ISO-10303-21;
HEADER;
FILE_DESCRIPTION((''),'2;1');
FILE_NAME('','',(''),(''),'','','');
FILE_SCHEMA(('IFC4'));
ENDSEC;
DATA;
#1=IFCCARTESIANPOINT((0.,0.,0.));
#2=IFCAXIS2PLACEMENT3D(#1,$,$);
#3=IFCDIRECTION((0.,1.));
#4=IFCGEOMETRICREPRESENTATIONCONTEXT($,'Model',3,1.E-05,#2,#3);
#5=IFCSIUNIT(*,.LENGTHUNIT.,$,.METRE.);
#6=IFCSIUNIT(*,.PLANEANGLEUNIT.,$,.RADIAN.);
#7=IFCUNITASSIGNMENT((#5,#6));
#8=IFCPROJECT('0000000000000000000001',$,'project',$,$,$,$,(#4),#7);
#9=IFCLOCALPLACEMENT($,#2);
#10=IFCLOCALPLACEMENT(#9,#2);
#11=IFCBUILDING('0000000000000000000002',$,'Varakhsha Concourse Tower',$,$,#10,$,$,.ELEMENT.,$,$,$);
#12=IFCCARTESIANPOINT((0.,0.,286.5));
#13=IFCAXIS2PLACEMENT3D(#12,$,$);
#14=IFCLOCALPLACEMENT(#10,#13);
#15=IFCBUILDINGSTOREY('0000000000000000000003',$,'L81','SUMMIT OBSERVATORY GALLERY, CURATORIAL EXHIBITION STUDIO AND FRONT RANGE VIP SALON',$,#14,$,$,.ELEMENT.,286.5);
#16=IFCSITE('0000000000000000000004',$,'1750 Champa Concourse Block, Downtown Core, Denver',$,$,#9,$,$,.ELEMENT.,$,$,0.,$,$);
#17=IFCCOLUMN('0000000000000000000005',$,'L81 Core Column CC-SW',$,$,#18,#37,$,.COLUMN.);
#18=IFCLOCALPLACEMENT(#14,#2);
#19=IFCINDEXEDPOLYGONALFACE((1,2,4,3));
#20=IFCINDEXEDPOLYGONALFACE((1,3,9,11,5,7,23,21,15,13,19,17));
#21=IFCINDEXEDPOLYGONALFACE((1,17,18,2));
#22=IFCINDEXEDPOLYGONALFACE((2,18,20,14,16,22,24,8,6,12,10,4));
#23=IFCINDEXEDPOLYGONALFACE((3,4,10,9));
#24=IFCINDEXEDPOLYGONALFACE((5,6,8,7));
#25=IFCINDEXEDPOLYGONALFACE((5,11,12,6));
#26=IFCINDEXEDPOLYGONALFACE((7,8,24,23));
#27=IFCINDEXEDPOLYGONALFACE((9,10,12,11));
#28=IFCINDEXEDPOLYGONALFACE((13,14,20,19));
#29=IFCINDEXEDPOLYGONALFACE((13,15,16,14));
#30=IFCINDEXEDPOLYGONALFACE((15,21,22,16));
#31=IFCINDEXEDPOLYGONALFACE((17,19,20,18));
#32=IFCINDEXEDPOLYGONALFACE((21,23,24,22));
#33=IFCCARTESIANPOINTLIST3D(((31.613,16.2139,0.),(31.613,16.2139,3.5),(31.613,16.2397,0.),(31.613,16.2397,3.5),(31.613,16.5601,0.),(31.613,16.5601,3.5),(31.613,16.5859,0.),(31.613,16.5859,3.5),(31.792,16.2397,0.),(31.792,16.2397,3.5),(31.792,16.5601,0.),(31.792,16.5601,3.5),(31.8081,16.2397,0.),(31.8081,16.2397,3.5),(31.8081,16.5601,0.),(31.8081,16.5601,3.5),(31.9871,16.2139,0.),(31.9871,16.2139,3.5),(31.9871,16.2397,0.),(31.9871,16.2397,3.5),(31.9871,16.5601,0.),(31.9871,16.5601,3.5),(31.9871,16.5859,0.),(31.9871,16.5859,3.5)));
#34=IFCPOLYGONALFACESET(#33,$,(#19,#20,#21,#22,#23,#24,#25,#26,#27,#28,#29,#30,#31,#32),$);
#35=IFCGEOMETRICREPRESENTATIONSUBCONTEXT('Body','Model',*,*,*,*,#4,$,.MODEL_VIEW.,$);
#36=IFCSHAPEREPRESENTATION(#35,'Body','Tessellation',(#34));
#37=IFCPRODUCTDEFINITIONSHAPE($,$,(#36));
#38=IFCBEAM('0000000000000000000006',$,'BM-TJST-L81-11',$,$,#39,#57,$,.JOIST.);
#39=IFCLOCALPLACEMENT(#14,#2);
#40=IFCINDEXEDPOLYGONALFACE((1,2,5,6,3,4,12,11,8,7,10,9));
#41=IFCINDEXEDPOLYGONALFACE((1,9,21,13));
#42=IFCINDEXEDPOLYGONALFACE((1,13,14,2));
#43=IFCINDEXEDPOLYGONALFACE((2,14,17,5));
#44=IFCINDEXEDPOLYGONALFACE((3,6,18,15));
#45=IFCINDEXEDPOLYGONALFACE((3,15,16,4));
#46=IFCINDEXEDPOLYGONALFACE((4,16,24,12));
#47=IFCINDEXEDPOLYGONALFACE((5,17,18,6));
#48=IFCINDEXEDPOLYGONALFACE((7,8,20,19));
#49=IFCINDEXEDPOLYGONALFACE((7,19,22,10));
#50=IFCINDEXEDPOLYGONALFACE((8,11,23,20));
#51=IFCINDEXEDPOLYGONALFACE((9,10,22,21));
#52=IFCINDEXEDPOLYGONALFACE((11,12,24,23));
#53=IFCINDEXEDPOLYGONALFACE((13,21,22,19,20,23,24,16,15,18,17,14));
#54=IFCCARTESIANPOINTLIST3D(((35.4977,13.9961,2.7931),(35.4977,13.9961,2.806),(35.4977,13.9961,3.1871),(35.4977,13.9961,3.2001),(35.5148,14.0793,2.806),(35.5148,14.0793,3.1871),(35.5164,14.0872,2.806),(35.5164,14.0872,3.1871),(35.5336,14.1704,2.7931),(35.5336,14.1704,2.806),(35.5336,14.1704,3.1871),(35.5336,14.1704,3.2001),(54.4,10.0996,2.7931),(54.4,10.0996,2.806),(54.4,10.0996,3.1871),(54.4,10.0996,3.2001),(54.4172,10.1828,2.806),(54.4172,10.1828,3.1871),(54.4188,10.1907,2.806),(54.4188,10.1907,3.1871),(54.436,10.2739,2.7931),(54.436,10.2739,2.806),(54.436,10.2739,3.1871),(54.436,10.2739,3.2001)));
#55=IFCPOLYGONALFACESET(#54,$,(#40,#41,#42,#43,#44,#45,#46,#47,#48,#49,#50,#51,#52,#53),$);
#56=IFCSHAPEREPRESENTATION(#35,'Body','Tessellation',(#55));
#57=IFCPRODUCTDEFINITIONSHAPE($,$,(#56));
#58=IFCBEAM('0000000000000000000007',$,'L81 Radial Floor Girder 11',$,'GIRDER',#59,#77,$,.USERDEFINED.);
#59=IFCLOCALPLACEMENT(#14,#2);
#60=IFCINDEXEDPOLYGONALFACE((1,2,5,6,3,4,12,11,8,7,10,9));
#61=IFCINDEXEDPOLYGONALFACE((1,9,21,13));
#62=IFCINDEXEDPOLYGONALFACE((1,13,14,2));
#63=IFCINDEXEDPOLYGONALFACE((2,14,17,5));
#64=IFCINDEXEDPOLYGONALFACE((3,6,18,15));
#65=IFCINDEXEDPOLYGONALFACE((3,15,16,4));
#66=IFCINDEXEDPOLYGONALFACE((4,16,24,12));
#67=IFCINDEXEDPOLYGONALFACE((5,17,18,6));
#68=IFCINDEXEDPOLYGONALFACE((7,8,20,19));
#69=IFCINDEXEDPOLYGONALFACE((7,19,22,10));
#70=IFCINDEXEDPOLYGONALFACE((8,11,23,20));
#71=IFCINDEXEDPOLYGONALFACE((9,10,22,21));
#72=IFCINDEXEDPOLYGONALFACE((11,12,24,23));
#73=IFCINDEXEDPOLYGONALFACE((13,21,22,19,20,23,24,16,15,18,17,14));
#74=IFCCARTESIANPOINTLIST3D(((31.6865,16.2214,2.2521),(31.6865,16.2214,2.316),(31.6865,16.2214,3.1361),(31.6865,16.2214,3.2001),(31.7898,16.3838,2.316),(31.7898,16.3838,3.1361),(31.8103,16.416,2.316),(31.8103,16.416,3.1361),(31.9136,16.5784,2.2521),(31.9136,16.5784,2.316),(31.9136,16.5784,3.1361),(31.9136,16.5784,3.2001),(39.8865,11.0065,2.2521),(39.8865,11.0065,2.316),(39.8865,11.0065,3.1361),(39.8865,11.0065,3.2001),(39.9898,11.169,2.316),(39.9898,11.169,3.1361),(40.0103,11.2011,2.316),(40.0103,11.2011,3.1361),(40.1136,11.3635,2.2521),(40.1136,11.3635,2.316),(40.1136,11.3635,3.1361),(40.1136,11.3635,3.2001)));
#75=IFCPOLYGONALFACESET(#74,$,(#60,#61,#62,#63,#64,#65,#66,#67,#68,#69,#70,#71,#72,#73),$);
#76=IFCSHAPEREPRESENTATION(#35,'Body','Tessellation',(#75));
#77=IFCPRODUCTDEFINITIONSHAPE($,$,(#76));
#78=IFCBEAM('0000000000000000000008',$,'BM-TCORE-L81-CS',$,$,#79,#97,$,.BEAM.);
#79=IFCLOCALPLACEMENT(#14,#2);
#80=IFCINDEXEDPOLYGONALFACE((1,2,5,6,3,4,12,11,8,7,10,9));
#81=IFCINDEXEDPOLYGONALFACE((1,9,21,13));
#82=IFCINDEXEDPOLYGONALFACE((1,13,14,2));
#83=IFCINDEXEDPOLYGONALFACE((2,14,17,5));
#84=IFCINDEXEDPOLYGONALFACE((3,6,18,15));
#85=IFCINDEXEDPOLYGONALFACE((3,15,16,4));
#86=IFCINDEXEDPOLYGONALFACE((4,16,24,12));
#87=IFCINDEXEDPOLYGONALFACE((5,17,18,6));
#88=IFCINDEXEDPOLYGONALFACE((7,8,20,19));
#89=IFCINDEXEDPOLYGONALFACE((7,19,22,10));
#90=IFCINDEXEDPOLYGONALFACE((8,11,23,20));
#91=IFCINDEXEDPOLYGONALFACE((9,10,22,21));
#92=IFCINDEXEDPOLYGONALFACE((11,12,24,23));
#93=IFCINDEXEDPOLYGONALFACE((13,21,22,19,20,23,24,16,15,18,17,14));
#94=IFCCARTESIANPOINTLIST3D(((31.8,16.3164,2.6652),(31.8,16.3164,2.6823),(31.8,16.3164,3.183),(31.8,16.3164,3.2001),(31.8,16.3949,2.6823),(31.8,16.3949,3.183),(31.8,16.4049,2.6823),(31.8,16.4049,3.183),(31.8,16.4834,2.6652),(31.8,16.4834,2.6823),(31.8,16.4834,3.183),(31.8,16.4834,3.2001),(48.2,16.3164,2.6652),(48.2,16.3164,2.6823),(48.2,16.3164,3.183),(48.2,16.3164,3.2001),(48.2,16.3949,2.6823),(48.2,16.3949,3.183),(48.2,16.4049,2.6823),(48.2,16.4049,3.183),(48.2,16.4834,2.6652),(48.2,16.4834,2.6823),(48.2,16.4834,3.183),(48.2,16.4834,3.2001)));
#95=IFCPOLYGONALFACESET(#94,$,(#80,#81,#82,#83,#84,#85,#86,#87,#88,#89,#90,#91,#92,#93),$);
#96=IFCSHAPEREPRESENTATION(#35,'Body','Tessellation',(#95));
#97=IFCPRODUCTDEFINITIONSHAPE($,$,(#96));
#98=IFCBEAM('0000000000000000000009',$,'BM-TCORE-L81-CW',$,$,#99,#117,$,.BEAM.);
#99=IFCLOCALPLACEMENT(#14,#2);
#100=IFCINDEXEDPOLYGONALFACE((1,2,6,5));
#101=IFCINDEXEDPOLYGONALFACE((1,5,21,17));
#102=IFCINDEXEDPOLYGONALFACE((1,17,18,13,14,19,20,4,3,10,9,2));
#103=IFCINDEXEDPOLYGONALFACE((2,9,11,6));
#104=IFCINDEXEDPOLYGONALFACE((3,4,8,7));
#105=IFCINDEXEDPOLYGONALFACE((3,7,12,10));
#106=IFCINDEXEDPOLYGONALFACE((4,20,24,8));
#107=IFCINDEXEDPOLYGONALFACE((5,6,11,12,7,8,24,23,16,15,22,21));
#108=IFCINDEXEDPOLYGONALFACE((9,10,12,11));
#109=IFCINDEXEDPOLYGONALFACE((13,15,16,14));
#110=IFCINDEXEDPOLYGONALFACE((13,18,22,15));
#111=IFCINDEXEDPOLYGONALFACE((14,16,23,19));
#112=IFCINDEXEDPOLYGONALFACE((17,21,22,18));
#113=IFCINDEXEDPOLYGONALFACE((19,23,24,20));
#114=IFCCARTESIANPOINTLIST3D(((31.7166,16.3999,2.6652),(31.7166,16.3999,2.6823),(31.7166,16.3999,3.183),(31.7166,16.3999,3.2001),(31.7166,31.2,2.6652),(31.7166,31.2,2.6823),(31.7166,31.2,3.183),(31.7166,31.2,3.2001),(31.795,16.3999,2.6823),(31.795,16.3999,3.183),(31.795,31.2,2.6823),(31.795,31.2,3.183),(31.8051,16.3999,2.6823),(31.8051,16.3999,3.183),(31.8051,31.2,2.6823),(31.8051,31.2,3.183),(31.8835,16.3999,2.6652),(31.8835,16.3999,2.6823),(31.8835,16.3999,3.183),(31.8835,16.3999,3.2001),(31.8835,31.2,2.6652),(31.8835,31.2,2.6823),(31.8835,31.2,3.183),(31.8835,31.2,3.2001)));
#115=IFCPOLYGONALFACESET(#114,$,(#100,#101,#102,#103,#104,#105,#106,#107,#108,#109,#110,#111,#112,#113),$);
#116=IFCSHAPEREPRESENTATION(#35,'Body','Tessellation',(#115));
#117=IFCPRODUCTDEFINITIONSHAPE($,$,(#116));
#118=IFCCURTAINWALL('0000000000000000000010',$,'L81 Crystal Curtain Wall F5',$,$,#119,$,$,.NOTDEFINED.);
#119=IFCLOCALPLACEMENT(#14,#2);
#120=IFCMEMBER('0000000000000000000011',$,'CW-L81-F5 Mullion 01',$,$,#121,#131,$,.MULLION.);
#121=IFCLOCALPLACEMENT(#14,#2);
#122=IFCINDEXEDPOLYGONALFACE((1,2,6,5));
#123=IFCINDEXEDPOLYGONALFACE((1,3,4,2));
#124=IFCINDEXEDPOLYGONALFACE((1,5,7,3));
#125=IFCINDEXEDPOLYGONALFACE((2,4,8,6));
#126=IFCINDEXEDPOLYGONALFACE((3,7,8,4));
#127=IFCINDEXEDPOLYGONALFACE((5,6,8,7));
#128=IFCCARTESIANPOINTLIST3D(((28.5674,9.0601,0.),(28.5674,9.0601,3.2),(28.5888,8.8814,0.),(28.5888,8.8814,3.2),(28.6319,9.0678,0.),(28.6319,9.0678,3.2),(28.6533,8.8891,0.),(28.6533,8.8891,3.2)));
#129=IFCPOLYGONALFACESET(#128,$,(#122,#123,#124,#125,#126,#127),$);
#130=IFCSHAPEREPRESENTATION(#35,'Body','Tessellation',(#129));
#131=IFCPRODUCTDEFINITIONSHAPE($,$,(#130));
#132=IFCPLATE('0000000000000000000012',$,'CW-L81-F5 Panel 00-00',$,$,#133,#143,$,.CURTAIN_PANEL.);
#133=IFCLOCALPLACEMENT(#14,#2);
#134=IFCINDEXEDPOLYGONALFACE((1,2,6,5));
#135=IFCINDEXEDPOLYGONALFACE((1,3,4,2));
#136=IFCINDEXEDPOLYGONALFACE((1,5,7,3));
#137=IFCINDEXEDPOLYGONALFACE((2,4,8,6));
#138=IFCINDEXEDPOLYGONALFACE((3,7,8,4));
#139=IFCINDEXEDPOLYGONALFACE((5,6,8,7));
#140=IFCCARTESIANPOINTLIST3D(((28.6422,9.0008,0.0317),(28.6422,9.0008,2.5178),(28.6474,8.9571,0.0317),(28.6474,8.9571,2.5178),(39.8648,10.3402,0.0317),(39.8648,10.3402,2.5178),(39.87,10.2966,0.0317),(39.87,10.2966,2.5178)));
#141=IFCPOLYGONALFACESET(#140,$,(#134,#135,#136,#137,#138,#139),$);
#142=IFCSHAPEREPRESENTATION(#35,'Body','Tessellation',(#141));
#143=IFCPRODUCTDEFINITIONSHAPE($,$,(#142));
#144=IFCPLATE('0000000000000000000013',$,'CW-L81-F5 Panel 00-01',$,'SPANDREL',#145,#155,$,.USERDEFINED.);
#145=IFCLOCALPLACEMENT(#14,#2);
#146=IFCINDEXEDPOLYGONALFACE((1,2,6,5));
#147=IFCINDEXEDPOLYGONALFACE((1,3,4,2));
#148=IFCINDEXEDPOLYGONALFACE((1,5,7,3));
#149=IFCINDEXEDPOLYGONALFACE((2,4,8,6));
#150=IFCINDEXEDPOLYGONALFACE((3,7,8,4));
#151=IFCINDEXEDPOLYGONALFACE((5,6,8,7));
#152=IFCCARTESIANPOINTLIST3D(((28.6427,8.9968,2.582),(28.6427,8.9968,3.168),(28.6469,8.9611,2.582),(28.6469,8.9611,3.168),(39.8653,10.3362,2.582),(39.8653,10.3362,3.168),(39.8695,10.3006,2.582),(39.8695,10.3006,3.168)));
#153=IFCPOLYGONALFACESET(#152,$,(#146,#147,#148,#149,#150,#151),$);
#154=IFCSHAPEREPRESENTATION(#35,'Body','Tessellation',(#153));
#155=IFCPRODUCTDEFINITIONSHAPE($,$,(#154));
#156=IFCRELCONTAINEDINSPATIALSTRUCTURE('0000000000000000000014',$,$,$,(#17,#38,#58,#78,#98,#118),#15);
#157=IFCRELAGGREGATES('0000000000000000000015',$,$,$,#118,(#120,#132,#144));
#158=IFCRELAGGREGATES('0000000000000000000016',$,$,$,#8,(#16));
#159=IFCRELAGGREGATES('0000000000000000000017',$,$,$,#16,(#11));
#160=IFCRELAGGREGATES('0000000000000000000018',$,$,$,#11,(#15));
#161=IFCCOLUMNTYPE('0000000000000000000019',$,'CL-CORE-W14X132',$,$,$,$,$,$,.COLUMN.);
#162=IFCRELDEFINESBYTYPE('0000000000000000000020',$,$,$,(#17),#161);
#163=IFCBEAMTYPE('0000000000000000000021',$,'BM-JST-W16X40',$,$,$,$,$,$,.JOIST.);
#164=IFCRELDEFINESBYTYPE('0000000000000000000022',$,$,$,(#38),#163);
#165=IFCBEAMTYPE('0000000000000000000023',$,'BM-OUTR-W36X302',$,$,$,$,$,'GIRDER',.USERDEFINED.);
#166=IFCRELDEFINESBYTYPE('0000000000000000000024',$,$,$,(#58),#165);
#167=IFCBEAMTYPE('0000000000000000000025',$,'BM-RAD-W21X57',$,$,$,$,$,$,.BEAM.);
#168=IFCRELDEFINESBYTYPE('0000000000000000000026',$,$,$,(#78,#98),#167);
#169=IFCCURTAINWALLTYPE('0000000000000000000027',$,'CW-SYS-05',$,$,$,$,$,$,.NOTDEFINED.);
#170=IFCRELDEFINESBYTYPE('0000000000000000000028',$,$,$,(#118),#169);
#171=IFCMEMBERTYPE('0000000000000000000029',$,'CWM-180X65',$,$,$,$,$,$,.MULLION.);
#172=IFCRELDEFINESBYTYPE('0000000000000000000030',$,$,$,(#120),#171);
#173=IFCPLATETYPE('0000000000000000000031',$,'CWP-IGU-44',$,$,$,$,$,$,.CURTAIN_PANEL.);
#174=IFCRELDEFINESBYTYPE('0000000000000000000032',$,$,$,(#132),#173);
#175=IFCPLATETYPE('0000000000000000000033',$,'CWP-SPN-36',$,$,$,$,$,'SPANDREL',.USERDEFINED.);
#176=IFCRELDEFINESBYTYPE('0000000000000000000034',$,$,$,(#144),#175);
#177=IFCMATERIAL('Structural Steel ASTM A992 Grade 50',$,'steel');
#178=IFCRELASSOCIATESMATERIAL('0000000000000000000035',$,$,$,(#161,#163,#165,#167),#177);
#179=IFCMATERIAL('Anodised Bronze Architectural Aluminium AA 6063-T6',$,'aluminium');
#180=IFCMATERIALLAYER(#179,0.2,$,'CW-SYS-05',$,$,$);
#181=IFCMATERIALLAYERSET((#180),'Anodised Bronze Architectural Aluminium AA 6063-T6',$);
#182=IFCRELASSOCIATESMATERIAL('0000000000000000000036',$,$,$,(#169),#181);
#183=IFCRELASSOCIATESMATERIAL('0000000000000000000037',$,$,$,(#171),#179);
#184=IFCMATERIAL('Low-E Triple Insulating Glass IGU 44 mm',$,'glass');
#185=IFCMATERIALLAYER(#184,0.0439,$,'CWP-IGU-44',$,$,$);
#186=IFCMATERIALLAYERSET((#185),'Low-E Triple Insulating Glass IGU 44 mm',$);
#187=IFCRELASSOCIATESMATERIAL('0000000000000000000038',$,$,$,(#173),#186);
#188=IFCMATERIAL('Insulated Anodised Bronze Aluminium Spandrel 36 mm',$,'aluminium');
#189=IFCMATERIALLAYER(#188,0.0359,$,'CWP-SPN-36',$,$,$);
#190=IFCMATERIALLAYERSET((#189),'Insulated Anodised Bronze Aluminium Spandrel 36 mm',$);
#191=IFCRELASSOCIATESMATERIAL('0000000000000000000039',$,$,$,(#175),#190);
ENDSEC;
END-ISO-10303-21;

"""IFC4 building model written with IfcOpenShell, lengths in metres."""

from ifc_helpers import new_model, si_unit, direction, frame, origin, origin_2d, place, context, subcontext, project, spatial, rectangle, i_section, extrude, source, transform, mapped, material, layer, layer_set, material_profile, profile_set, type_object, type_shapes, element, aggregate, save


model = new_model("IFC4")

# Units and contexts
model_context = context("Model", 3, precision=1e-05, world=origin(), true_north=direction((0.0, 1.0)))
body_context = subcontext(model_context, "Body", "Model", "MODEL_VIEW")
ifc_project = project(units=[si_unit("LENGTHUNIT", "METRE"), si_unit("PLANEANGLEUNIT", "RADIAN")], contexts=[model_context])

# Site, building, storey
site_placement = place(None, origin())
site = spatial("IfcSite", under=ifc_project, at=site_placement, Name="1750 Champa Concourse Block, Downtown Core, Denver", CompositionType="ELEMENT", RefElevation=0.0)
building_placement = place(site_placement, origin())
building = spatial("IfcBuilding", under=site, at=building_placement, Name="Varakhsha Concourse Tower", CompositionType="ELEMENT")
storey_placement = place(building_placement, frame((0.0, 0.0, 286.5)))
storey = spatial("IfcBuildingStorey", under=building, at=storey_placement, Name="L81", Description="SUMMIT OBSERVATORY GALLERY, CURATORIAL EXHIBITION STUDIO AND FRONT RANGE VIP SALON", CompositionType="ELEMENT", Elevation=286.5)

# Column
ifc_material_1 = material(Name="Structural Steel ASTM A992 Grade 50", Category="steel")
ifc_material_profile_1 = material_profile(ifc_material_1, i_section(OverallWidth=0.374, OverallDepth=0.3721, WebThickness=0.0161, FlangeThickness=0.0259, at=origin_2d()), Name="W14X132")
ifc_profile_set_1 = profile_set([ifc_material_profile_1], Name="Structural Steel ASTM A992 Grade 50")
column_type = type_object("IfcColumnType", Name="CL-CORE-W14X132", PredefinedType="COLUMN", material=ifc_profile_set_1)
column_placement = place(storey_placement, frame((31.8, 16.3999, 0.0), z_axis=(0.0, 0.0, 1.0), x_axis=(1.0, 0.0, 0.0)))
element("IfcColumn", 1, at=column_placement, inside=storey, type_object=column_type, Name="L81 Core Column CC-SW", PredefinedType="COLUMN", context=body_context, shape_type="SweptSolid", body=[
    extrude(i_section(OverallWidth=0.374, OverallDepth=0.3721, WebThickness=0.0161, FlangeThickness=0.0259, at=origin_2d()), origin(), (0.0, 0.0, 1.0), 3.5),
])

# Beams
ifc_material_profile_2 = material_profile(ifc_material_1, i_section(OverallWidth=0.178, OverallDepth=0.407, WebThickness=0.0081, FlangeThickness=0.0129, at=origin_2d()), Name="W16X40")
ifc_profile_set_2 = profile_set([ifc_material_profile_2], Name="Structural Steel ASTM A992 Grade 50")
beam_type_1 = type_object("IfcBeamType", Name="BM-JST-W16X40", PredefinedType="JOIST", material=ifc_profile_set_2)
beam_1_placement = place(storey_placement, frame((35.5156, 14.0833, 2.9966), z_axis=(0.979408, -0.201893, 0.0), x_axis=(0.201893, 0.979408, 0.0)))
element("IfcBeam", 2, at=beam_1_placement, inside=storey, type_object=beam_type_1, Name="BM-TJST-L81-11", PredefinedType="JOIST", context=body_context, shape_type="SweptSolid", body=[
    extrude(i_section(OverallWidth=0.178, OverallDepth=0.407, WebThickness=0.0081, FlangeThickness=0.0129, at=origin_2d()), origin(), (0.0, 0.0, 1.0), 19.2998),
])
ifc_material_profile_3 = material_profile(ifc_material_1, i_section(OverallWidth=0.4231, OverallDepth=0.948, WebThickness=0.0381, FlangeThickness=0.064, at=origin_2d()), Name="W36X302")
ifc_profile_set_3 = profile_set([ifc_material_profile_3], Name="Structural Steel ASTM A992 Grade 50")
beam_type_2 = type_object("IfcBeamType", Name="BM-OUTR-W36X302", ElementType="GIRDER", PredefinedType="USERDEFINED", material=ifc_profile_set_3)
beam_2_placement = place(storey_placement, frame((31.8, 16.3999, 2.7261), z_axis=(0.843816, -0.536633, 0.0), x_axis=(0.536633, 0.843816, 0.0)))
element("IfcBeam", 3, at=beam_2_placement, inside=storey, type_object=beam_type_2, Name="L81 Radial Floor Girder 11", ObjectType="GIRDER", PredefinedType="USERDEFINED", context=body_context, shape_type="SweptSolid", body=[
    extrude(i_section(OverallWidth=0.4231, OverallDepth=0.948, WebThickness=0.0381, FlangeThickness=0.064, at=origin_2d()), origin(), (0.0, 0.0, 1.0), 9.7178),
])
ifc_material_profile_4 = material_profile(ifc_material_1, i_section(OverallWidth=0.167, OverallDepth=0.5349, WebThickness=0.01, FlangeThickness=0.0171, at=origin_2d()), Name="W21X57")
ifc_profile_set_4 = profile_set([ifc_material_profile_4], Name="Structural Steel ASTM A992 Grade 50")
beam_type_3 = type_object("IfcBeamType", Name="BM-RAD-W21X57", PredefinedType="BEAM", material=ifc_profile_set_4)
beam_3_placement = place(storey_placement, frame((31.8, 16.3999, 2.9326), z_axis=(1.0, 0.0, 0.0), x_axis=(0.0, 1.0, 0.0)))
element("IfcBeam", 4, at=beam_3_placement, inside=storey, type_object=beam_type_3, Name="BM-TCORE-L81-CS", PredefinedType="BEAM", context=body_context, shape_type="SweptSolid", body=[
    extrude(i_section(OverallWidth=0.167, OverallDepth=0.5349, WebThickness=0.01, FlangeThickness=0.0171, at=origin_2d()), origin(), (0.0, 0.0, 1.0), 16.3999),
])
beam_4_placement = place(storey_placement, frame((31.8, 16.3999, 2.9326), z_axis=(0.0, 1.0, 0.0), x_axis=(-1.0, 0.0, 0.0)))
element("IfcBeam", 5, at=beam_4_placement, inside=storey, type_object=beam_type_3, Name="BM-TCORE-L81-CW", PredefinedType="BEAM", context=body_context, shape_type="SweptSolid", body=[
    extrude(i_section(OverallWidth=0.167, OverallDepth=0.5349, WebThickness=0.01, FlangeThickness=0.0171, at=origin_2d()), origin(), (0.0, 0.0, 1.0), 14.8),
])

# Curtain wall, member, plates
ifc_material_2 = material(Name="Anodised Bronze Architectural Aluminium AA 6063-T6", Category="aluminium")
ifc_layer_1 = layer(ifc_material_2, 0.2, Name="CW-SYS-05")
ifc_layer_set_1 = layer_set([ifc_layer_1], Name="Anodised Bronze Architectural Aluminium AA 6063-T6")
curtain_wall_type = type_object("IfcCurtainWallType", Name="CW-SYS-05", PredefinedType="NOTDEFINED", material=ifc_layer_set_1)
curtain_wall_placement = place(storey_placement, origin())
curtain_wall = element("IfcCurtainWall", 6, at=curtain_wall_placement, inside=storey, type_object=curtain_wall_type, Name="L81 Crystal Curtain Wall F5", PredefinedType="NOTDEFINED")
ifc_material_profile_5 = material_profile(ifc_material_2, rectangle(XDim=0.0649, YDim=0.1799, at=origin_2d()), Name="CWM-180X65")
ifc_profile_set_5 = profile_set([ifc_material_profile_5], Name="Anodised Bronze Architectural Aluminium AA 6063-T6")
member_type = type_object("IfcMemberType", Name="CWM-180X65", PredefinedType="MULLION", material=ifc_profile_set_5)
shared_shape_1 = source(origin(), body_context, "Body", "SweptSolid", [
    extrude(rectangle(XDim=0.0649, YDim=0.1799, at=origin_2d()), origin(), (0.0, 0.0, 1.0), 3.2),
])
type_shapes(member_type, [shared_shape_1])
member_placement = place(storey_placement, frame((28.6104, 8.9746, 0.0), z_axis=(0.0, 0.0, 1.0), x_axis=(-0.992952, -0.118513, 0.0)))
member = element("IfcMember", 7, at=member_placement, type_object=member_type, Name="CW-L81-F5 Mullion 01", PredefinedType="MULLION", context=body_context, shape_type="MappedRepresentation", body=[
    mapped(shared_shape_1, transform((0.0, 0.0, 0.0), scale=1.0)),
])
ifc_material_3 = material(Name="Low-E Triple Insulating Glass IGU 44 mm", Category="glass")
ifc_layer_2 = layer(ifc_material_3, 0.0439, Name="CWP-IGU-44")
ifc_layer_set_2 = layer_set([ifc_layer_2], Name="Low-E Triple Insulating Glass IGU 44 mm")
plate_type_1 = type_object("IfcPlateType", Name="CWP-IGU-44", PredefinedType="CURTAIN_PANEL", material=ifc_layer_set_2)
shared_shape_2 = source(origin(), body_context, "Body", "SweptSolid", [
    extrude(rectangle(XDim=11.3022, YDim=0.0439, at=origin_2d()), origin(), (0.0, 0.0, 1.0), 2.4861),
])
type_shapes(plate_type_1, [shared_shape_2])
plate_1_placement = place(storey_placement, frame((34.2561, 9.6487, 0.0317), z_axis=(0.0, 0.0, 1.0), x_axis=(-0.992952, -0.118513, 0.0)))
plate_1 = element("IfcPlate", 8, at=plate_1_placement, type_object=plate_type_1, Name="CW-L81-F5 Panel 00-00", PredefinedType="CURTAIN_PANEL", context=body_context, shape_type="MappedRepresentation", body=[
    mapped(shared_shape_2, transform((0.0, 0.0, 0.0), scale=1.0)),
])
ifc_material_4 = material(Name="Insulated Anodised Bronze Aluminium Spandrel 36 mm", Category="aluminium")
ifc_layer_3 = layer(ifc_material_4, 0.0359, Name="CWP-SPN-36")
ifc_layer_set_3 = layer_set([ifc_layer_3], Name="Insulated Anodised Bronze Aluminium Spandrel 36 mm")
plate_type_2 = type_object("IfcPlateType", Name="CWP-SPN-36", ElementType="SPANDREL", PredefinedType="USERDEFINED", material=ifc_layer_set_3)
shared_shape_3 = source(origin(), body_context, "Body", "SweptSolid", [
    extrude(rectangle(XDim=11.3022, YDim=0.0359, at=origin_2d()), origin(), (0.0, 0.0, 1.0), 0.5859),
])
type_shapes(plate_type_2, [shared_shape_3])
plate_2_placement = place(storey_placement, frame((34.2561, 9.6487, 2.582), z_axis=(0.0, 0.0, 1.0), x_axis=(-0.992952, -0.118513, 0.0)))
plate_2 = element("IfcPlate", 9, at=plate_2_placement, type_object=plate_type_2, Name="CW-L81-F5 Panel 00-01", ObjectType="SPANDREL", PredefinedType="USERDEFINED", context=body_context, shape_type="MappedRepresentation", body=[
    mapped(shared_shape_3, transform((0.0, 0.0, 0.0), scale=1.0)),
])
aggregate(curtain_wall, [member, plate_1, plate_2])

save(model, "model.ifc")
